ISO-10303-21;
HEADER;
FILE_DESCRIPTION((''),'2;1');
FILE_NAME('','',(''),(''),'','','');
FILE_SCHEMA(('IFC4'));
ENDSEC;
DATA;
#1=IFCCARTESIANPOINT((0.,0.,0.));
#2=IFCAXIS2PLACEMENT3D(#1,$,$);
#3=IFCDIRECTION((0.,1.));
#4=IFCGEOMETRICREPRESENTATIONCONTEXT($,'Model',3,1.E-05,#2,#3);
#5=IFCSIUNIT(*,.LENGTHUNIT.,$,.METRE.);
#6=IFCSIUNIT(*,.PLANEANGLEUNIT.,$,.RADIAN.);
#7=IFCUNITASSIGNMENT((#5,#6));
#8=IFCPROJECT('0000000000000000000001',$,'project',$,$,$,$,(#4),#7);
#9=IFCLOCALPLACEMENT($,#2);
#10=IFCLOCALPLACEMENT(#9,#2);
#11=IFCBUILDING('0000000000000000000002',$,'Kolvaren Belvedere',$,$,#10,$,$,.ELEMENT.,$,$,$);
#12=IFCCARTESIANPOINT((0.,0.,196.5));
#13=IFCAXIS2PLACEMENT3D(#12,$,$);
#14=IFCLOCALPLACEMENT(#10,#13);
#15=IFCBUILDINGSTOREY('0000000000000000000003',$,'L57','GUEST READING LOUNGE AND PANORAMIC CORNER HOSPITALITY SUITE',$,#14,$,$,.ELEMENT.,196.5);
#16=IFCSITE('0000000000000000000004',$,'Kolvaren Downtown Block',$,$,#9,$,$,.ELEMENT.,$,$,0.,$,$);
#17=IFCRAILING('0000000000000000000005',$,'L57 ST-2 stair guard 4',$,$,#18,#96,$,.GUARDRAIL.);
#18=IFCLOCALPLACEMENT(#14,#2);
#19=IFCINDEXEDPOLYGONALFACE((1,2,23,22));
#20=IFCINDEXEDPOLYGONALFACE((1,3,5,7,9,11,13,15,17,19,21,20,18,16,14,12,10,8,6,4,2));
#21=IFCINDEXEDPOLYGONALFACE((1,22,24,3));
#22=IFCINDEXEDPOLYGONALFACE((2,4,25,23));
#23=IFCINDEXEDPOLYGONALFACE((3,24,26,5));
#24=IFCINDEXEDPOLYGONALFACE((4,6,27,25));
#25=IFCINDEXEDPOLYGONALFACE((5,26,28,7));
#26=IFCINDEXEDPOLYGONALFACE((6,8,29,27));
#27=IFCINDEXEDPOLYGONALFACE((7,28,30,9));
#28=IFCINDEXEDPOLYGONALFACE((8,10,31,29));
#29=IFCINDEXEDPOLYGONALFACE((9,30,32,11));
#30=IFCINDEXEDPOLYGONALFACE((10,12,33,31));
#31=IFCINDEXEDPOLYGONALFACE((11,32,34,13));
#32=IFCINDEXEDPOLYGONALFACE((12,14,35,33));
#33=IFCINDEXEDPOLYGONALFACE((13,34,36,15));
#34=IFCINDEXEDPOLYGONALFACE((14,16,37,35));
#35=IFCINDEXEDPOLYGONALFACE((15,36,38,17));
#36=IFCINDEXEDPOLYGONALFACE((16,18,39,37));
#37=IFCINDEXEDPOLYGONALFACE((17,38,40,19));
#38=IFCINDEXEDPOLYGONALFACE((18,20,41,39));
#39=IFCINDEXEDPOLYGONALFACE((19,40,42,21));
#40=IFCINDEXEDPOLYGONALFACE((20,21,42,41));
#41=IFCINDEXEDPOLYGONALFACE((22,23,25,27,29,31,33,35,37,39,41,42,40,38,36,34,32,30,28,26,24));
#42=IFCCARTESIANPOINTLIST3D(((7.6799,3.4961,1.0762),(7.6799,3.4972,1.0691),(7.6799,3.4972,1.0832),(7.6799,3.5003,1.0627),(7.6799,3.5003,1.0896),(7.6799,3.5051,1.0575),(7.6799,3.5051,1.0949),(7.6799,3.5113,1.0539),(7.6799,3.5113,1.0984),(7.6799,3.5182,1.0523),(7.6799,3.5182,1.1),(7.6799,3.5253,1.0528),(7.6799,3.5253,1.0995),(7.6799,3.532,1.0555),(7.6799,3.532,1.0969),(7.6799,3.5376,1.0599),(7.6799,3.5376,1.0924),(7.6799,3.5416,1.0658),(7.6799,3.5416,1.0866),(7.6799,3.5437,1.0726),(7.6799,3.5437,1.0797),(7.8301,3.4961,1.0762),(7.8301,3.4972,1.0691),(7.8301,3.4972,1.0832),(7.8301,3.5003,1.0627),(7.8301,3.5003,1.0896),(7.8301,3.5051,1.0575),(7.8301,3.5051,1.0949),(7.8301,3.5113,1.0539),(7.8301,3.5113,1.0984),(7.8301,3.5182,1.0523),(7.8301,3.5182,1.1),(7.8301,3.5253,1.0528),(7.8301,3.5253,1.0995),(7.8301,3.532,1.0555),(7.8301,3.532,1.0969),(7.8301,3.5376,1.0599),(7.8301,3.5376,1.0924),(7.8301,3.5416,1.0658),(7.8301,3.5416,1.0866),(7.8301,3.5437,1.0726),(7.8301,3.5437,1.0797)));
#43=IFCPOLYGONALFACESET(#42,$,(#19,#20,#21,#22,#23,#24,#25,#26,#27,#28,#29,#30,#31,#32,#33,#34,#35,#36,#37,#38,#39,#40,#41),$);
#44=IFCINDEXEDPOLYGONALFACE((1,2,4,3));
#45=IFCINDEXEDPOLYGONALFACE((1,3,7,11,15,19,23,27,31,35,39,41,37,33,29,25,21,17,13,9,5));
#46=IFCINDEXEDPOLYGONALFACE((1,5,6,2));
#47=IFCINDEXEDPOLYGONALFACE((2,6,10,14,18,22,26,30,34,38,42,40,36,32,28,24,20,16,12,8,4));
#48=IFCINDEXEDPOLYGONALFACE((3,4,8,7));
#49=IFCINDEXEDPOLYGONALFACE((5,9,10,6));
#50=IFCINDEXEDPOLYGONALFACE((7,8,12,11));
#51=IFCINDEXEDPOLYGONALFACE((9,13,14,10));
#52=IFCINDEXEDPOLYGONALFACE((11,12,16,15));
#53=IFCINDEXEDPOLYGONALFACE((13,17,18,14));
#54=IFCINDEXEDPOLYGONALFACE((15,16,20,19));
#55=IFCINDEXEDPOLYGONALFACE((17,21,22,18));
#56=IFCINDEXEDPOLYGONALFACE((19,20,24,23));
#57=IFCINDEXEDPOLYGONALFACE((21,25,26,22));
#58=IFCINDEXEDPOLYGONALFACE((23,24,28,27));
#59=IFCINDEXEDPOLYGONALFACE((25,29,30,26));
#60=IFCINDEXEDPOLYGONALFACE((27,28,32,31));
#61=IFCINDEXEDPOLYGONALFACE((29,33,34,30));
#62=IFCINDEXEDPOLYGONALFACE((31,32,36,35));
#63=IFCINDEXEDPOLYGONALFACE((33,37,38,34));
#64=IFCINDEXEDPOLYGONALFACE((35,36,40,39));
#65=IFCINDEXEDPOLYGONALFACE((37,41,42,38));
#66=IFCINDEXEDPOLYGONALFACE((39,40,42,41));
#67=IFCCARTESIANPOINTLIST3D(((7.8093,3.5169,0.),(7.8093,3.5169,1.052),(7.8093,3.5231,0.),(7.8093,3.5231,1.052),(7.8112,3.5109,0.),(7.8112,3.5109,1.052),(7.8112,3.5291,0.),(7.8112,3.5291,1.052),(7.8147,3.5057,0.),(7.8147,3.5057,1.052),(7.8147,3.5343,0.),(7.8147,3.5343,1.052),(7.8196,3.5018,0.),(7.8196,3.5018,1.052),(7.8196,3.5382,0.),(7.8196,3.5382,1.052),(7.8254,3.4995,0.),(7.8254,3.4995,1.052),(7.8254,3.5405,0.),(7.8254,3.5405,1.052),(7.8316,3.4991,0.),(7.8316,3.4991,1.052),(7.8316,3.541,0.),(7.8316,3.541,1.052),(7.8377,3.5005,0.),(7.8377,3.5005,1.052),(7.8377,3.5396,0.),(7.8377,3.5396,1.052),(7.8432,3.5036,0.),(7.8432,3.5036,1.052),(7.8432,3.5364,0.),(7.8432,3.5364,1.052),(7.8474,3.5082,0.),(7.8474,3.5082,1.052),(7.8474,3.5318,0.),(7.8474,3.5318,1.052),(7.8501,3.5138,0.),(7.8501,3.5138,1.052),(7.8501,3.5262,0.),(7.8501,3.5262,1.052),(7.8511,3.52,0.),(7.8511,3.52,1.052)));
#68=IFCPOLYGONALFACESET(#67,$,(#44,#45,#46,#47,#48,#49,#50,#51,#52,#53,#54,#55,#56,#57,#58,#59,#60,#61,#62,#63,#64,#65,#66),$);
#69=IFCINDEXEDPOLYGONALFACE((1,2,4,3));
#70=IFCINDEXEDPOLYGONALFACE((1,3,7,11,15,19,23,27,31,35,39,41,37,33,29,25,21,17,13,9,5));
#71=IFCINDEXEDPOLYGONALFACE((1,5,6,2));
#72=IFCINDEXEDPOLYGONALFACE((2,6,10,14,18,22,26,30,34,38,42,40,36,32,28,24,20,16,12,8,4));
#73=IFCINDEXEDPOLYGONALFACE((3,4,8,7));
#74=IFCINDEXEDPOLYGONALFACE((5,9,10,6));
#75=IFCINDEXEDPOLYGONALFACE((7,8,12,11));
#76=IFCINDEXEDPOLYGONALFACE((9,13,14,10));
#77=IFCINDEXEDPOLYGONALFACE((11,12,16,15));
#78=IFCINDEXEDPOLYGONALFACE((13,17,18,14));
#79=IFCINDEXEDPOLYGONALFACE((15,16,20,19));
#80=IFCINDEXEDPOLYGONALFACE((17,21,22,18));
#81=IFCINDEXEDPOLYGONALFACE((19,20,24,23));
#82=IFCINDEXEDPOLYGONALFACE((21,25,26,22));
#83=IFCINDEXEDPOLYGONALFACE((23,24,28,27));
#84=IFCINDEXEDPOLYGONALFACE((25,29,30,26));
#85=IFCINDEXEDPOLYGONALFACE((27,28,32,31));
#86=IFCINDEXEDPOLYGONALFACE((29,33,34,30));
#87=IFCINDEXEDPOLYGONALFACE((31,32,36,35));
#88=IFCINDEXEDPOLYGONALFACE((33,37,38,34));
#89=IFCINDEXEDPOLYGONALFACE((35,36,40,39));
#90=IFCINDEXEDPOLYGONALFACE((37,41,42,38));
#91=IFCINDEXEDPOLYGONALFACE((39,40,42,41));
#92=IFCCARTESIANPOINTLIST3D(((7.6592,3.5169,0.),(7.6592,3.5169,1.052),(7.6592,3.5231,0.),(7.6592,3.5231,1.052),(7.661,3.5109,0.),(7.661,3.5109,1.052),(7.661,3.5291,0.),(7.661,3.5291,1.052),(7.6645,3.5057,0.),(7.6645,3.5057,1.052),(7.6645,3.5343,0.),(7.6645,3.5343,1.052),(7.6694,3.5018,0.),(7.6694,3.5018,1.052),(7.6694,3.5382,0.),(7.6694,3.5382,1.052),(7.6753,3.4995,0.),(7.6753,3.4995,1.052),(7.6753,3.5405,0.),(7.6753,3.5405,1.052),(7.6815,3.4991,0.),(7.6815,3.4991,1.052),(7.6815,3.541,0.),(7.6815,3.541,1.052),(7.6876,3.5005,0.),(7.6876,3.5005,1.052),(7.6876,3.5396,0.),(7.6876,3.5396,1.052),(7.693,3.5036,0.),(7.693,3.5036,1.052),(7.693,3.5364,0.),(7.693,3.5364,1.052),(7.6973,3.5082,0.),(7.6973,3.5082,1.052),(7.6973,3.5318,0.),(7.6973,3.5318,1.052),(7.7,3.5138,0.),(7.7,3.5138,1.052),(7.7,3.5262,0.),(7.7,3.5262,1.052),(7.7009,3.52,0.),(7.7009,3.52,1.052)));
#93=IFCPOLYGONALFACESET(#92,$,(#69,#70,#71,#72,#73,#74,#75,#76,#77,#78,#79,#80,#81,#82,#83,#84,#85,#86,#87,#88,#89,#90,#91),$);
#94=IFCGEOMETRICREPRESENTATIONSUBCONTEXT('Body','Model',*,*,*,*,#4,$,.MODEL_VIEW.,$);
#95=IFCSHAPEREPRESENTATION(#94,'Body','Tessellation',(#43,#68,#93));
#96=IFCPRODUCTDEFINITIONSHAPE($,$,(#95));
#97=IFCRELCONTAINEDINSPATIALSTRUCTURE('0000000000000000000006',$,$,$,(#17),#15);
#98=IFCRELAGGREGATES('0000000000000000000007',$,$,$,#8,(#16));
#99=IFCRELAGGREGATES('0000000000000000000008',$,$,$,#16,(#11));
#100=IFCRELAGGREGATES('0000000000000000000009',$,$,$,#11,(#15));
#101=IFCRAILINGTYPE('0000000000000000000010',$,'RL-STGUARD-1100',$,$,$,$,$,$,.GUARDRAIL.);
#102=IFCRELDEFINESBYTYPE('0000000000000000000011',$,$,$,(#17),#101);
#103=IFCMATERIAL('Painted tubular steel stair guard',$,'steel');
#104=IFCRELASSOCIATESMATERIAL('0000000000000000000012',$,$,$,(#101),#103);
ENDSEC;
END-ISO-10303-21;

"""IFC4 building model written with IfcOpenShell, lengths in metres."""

from ifc_helpers import new_model, si_unit, direction, frame, origin, origin_2d, place, context, subcontext, project, spatial, circle, extrude, material, type_object, element, save


model = new_model("IFC4")

# Units and contexts
model_context = context("Model", 3, precision=1e-05, world=origin(), true_north=direction((0.0, 1.0)))
body_context = subcontext(model_context, "Body", "Model", "MODEL_VIEW")
ifc_project = project(units=[si_unit("LENGTHUNIT", "METRE"), si_unit("PLANEANGLEUNIT", "RADIAN")], contexts=[model_context])

# Site, building, storey
site_placement = place(None, origin())
site = spatial("IfcSite", under=ifc_project, at=site_placement, Name="Kolvaren Downtown Block", CompositionType="ELEMENT", RefElevation=0.0)
building_placement = place(site_placement, origin())
building = spatial("IfcBuilding", under=site, at=building_placement, Name="Kolvaren Belvedere", CompositionType="ELEMENT")
storey_placement = place(building_placement, frame((0.0, 0.0, 196.5)))
storey = spatial("IfcBuildingStorey", under=building, at=storey_placement, Name="L57", Description="GUEST READING LOUNGE AND PANORAMIC CORNER HOSPITALITY SUITE", CompositionType="ELEMENT", Elevation=196.5)

# Railing
ifc_material_1 = material(Name="Painted tubular steel stair guard", Category="steel")
railing_type_1 = type_object("IfcRailingType", Name="RL-STGUARD-1100", PredefinedType="GUARDRAIL", material=ifc_material_1)
railing_1_placement = place(storey_placement, frame((7.8301, 3.52, 0.0)))
element("IfcRailing", 1, at=railing_1_placement, inside=storey, type_object=railing_type_1, Name="L57 ST-2 stair guard 4", PredefinedType="GUARDRAIL", context=body_context, shape_type="SweptSolid", body=[
    extrude(circle(Radius=0.0239, at=origin_2d()), frame((0.0, 0.0, 1.0762), z_axis=(-1.0, 0.0, 0.0), x_axis=(0.0, -1.0, 0.0)), (0.0, 0.0, 1.0), 0.1501),
    extrude(circle(Radius=0.021, at=origin_2d()), origin(), (0.0, 0.0, 1.0), 1.052),
    extrude(circle(Radius=0.021, at=origin_2d()), frame((-0.1501, 0.0, 0.0)), (0.0, 0.0, 1.0), 1.052),
])

save(model, "model.ifc")
